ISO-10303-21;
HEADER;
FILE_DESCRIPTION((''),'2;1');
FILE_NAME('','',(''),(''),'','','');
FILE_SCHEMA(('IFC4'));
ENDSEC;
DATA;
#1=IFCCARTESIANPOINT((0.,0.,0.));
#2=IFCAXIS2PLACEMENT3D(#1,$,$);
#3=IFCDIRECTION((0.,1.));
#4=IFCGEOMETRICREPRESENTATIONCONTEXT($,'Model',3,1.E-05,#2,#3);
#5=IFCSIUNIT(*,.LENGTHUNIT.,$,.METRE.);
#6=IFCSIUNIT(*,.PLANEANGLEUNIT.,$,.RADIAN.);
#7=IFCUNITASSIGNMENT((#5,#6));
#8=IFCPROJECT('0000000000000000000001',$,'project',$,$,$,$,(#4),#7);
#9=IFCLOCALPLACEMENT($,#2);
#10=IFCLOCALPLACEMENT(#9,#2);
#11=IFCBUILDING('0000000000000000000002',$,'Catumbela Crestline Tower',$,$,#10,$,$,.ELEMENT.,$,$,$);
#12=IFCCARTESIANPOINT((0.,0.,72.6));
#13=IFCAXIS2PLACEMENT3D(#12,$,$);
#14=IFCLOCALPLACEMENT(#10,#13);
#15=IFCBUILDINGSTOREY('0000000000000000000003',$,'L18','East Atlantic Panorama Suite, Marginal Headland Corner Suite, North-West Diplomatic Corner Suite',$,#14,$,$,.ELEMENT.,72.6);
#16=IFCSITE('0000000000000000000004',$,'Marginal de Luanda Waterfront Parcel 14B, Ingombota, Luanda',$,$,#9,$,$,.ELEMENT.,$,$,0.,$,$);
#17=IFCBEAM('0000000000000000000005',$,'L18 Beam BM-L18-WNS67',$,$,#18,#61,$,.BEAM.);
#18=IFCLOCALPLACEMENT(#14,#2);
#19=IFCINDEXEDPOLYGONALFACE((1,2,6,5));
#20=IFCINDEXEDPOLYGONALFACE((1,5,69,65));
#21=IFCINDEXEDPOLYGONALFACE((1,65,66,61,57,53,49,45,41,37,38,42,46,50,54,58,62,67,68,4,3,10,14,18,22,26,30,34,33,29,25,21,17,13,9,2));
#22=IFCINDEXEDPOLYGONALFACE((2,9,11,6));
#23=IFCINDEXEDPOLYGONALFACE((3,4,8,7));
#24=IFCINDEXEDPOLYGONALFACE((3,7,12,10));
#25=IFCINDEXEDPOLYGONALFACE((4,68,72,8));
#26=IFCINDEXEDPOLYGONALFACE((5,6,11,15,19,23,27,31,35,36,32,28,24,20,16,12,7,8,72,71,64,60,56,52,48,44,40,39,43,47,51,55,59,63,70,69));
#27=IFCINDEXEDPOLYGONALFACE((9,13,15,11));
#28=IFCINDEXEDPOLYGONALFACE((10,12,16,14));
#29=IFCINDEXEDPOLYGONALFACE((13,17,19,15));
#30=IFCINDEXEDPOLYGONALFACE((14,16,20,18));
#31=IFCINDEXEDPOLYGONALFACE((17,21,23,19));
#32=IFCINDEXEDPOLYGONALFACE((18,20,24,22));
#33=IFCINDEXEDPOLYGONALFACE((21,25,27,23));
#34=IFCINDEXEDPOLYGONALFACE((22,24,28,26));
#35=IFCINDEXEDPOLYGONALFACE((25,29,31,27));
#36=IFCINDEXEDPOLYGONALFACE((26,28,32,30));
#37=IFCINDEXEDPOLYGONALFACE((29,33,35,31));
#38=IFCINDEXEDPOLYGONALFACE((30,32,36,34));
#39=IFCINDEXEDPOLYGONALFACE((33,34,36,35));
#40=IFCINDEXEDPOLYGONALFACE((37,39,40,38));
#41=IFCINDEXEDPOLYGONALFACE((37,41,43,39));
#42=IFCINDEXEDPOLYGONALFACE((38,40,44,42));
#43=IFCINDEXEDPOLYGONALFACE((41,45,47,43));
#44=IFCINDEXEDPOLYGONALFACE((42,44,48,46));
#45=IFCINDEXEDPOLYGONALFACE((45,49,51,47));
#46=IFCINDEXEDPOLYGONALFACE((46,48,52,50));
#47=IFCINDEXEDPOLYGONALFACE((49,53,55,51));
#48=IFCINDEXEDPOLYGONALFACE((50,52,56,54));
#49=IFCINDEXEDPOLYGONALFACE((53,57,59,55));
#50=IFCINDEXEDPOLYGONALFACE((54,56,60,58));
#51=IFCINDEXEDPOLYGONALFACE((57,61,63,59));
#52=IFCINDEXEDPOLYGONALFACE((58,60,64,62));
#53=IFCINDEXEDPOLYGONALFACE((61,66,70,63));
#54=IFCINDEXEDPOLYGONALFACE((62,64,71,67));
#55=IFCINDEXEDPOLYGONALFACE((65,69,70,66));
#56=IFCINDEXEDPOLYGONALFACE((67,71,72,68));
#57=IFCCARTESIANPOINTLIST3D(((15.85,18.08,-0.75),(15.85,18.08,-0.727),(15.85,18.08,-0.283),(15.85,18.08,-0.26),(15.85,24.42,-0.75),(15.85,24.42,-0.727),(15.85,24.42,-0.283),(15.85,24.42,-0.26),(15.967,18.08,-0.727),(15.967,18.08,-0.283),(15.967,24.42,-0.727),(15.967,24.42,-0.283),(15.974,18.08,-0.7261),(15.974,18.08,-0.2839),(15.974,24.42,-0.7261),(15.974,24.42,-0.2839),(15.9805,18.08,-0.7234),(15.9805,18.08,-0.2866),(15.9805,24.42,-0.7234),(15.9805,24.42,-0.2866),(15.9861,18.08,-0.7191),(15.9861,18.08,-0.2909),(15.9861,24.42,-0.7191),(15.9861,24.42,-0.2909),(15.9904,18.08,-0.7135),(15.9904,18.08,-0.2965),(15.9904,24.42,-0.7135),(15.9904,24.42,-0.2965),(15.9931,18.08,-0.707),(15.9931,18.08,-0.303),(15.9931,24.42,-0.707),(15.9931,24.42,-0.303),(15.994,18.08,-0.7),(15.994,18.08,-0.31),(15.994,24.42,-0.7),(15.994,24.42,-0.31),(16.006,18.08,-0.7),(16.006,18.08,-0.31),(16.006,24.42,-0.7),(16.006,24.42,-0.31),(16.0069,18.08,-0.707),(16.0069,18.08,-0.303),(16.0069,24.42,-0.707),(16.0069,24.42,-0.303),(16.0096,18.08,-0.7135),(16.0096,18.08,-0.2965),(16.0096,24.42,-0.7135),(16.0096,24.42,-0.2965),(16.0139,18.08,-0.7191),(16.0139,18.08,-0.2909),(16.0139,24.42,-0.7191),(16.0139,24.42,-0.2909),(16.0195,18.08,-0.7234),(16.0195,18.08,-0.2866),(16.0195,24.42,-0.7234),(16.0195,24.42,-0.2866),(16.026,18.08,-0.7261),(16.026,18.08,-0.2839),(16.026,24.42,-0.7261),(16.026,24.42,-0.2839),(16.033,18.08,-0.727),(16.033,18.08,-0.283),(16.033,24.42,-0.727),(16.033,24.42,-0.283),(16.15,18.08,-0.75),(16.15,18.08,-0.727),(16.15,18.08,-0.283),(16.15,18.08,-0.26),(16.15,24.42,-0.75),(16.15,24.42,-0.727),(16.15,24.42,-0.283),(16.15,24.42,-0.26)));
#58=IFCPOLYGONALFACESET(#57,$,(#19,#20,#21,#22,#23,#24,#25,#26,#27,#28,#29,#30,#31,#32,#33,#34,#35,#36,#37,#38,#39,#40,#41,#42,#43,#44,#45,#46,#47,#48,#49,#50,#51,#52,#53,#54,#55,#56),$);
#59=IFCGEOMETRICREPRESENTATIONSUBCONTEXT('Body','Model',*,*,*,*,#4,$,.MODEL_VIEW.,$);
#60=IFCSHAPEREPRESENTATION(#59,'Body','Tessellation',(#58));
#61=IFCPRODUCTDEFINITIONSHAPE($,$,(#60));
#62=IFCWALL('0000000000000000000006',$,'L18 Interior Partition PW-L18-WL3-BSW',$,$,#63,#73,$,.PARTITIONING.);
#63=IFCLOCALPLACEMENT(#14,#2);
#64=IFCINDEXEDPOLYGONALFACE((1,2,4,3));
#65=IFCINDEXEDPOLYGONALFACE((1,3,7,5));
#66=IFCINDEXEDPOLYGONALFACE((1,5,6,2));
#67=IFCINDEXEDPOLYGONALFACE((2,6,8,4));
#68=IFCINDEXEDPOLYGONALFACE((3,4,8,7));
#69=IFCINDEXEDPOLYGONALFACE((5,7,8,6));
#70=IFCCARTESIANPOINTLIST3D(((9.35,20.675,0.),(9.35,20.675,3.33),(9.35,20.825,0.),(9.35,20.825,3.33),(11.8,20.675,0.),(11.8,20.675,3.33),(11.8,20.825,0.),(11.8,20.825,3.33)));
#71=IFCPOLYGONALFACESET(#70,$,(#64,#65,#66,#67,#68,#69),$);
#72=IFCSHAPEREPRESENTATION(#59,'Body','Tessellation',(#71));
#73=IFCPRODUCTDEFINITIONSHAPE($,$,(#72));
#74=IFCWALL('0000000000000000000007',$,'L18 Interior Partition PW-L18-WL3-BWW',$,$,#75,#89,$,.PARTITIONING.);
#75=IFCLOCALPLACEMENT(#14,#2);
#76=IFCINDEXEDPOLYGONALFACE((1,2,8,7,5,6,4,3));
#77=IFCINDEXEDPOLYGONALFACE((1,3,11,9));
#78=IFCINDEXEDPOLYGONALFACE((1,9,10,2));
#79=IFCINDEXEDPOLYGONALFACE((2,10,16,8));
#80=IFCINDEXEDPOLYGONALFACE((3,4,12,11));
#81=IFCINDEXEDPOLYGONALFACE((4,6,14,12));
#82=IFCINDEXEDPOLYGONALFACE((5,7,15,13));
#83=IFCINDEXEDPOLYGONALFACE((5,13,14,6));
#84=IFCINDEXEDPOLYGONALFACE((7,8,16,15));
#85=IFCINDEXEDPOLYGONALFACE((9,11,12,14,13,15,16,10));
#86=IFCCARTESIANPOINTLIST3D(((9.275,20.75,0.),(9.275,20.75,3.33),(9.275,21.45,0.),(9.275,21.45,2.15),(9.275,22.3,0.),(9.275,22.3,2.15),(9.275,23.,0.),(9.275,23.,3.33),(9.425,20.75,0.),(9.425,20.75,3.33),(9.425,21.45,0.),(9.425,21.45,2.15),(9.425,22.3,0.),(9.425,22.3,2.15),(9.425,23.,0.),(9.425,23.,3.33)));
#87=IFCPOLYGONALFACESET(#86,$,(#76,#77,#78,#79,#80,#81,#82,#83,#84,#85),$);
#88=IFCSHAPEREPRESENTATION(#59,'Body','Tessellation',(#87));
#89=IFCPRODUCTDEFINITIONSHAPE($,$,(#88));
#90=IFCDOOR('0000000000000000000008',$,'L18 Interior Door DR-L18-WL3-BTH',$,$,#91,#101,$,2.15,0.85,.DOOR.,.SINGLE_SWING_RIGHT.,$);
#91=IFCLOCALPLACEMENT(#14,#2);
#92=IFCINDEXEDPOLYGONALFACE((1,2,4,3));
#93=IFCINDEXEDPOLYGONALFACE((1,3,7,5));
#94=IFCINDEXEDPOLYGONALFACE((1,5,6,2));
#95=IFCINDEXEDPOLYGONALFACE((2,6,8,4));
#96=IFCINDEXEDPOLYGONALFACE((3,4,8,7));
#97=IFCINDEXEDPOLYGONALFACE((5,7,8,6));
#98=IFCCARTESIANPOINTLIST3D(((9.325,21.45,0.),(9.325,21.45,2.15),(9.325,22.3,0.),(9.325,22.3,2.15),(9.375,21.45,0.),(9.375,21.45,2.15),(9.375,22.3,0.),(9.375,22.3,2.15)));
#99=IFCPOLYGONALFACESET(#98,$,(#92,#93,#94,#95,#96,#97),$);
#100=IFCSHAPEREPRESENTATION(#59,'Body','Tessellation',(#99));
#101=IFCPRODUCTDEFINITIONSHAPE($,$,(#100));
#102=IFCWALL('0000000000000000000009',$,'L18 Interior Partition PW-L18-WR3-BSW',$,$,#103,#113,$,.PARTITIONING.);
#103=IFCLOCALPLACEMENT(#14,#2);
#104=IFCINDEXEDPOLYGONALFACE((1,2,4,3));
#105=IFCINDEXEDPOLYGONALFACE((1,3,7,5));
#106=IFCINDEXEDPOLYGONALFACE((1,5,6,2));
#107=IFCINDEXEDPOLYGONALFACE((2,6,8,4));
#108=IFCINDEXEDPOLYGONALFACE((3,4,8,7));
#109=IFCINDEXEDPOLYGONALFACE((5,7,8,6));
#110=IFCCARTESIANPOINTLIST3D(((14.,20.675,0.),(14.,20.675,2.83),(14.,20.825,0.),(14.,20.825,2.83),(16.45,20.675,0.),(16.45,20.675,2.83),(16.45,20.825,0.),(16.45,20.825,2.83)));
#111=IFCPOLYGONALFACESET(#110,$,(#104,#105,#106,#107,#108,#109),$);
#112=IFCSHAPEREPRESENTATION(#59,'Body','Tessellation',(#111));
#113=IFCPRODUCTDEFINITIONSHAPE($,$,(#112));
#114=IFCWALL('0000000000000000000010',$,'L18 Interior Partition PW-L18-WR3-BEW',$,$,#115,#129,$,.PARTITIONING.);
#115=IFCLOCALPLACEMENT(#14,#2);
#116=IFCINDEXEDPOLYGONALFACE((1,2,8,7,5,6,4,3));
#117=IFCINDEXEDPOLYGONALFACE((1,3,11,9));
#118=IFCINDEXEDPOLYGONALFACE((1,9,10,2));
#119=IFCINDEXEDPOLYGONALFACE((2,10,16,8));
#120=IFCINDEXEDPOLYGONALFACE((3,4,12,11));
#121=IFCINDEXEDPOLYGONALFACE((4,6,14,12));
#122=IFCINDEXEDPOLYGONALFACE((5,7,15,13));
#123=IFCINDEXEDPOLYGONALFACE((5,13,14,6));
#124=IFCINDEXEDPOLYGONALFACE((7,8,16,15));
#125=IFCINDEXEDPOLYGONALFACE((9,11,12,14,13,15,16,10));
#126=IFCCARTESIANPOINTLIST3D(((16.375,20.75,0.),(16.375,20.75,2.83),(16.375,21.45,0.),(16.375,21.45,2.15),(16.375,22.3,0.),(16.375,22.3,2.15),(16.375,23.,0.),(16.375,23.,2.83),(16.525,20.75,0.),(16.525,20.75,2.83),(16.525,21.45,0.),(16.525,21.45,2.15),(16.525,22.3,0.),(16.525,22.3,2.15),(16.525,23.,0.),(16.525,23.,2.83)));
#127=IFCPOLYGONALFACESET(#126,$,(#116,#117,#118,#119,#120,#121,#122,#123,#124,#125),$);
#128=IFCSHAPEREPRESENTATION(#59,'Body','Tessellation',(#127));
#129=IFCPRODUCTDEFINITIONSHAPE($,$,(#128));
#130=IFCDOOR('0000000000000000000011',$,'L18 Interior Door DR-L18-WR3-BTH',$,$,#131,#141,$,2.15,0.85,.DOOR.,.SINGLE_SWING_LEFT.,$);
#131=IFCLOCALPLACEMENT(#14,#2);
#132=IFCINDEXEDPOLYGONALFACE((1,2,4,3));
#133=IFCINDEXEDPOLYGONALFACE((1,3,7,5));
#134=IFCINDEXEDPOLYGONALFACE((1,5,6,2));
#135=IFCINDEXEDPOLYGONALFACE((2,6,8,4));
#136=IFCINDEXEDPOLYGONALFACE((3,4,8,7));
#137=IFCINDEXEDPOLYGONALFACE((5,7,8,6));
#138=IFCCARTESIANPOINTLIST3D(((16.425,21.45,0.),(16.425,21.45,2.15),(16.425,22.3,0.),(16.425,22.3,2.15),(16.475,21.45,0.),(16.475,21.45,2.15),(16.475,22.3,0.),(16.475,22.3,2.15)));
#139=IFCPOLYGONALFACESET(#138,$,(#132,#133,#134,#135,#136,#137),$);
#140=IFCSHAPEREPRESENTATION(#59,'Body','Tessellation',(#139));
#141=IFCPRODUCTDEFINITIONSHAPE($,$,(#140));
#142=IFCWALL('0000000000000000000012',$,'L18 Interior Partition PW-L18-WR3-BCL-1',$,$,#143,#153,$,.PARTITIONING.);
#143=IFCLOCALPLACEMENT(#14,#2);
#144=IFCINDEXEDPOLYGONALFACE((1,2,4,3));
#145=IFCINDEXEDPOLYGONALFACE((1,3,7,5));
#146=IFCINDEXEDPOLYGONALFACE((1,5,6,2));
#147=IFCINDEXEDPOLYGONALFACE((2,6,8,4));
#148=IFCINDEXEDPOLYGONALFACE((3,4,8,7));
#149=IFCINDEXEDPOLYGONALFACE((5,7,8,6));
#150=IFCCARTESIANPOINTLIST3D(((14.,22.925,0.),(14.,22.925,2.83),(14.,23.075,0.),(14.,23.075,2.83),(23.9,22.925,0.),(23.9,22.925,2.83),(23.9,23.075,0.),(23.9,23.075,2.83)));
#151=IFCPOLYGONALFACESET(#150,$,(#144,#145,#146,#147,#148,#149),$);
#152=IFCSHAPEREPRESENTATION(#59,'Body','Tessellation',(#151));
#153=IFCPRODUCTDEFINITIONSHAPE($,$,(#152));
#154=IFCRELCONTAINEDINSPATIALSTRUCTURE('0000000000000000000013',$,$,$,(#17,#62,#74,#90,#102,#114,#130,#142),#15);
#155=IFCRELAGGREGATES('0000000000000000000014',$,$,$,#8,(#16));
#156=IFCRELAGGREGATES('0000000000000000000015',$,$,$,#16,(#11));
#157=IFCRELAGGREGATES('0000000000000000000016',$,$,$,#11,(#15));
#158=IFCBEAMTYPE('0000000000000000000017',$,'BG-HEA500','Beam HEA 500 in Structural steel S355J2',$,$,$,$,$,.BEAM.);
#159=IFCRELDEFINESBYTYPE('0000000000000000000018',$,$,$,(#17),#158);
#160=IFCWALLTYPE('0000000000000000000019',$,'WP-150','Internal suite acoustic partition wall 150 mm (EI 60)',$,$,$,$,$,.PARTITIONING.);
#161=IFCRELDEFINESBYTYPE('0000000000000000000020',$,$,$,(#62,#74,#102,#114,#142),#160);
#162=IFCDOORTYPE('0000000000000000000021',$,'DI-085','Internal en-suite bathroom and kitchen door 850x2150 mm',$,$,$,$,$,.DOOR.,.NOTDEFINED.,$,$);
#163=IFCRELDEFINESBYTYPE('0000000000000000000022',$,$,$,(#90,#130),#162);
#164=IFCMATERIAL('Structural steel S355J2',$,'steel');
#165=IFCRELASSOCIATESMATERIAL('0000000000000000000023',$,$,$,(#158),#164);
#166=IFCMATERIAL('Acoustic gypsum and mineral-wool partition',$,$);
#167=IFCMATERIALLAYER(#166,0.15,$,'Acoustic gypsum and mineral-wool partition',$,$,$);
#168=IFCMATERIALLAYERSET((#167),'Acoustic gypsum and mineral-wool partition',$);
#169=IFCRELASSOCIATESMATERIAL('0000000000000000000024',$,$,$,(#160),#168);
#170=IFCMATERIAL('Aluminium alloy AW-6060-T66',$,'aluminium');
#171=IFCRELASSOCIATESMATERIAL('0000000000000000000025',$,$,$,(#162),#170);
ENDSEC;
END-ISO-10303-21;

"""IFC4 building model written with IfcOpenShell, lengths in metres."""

from ifc_helpers import new_model, si_unit, direction, frame, frame_2d, origin, origin_2d, place, context, subcontext, project, spatial, rectangle, i_section, extrude, material, layer, layer_set, material_profile, profile_set, type_object, element, fill, save


model = new_model("IFC4")

# Units and contexts
model_context = context("Model", 3, precision=1e-05, world=origin(), true_north=direction((0.0, 1.0)))
body_context = subcontext(model_context, "Body", "Model", "MODEL_VIEW")
ifc_project = project(units=[si_unit("LENGTHUNIT", "METRE"), si_unit("PLANEANGLEUNIT", "RADIAN")], contexts=[model_context])

# Site, building, storey
site_placement = place(None, origin())
site = spatial("IfcSite", under=ifc_project, at=site_placement, Name="Marginal de Luanda Waterfront Parcel 14B, Ingombota, Luanda", CompositionType="ELEMENT", RefElevation=0.0)
building_placement = place(site_placement, origin())
building = spatial("IfcBuilding", under=site, at=building_placement, Name="Catumbela Crestline Tower", CompositionType="ELEMENT")
storey_placement = place(building_placement, frame((0.0, 0.0, 72.6)))
storey = spatial("IfcBuildingStorey", under=building, at=storey_placement, Name="L18", Description="East Atlantic Panorama Suite, Marginal Headland Corner Suite, North-West Diplomatic Corner Suite", CompositionType="ELEMENT", Elevation=72.6)

# Beam
ifc_material_1 = material(Name="Structural steel S355J2", Category="steel")
ifc_material_profile_1 = material_profile(ifc_material_1, i_section(OverallWidth=0.3, OverallDepth=0.49, WebThickness=0.012, FlangeThickness=0.023, FilletRadius=0.027, at=origin_2d()), Name="HEA 500")
ifc_profile_set_1 = profile_set([ifc_material_profile_1], Name="Structural steel S355J2")
beam_type = type_object("IfcBeamType", Name="BG-HEA500", Description="Beam HEA 500 in Structural steel S355J2", PredefinedType="BEAM", material=ifc_profile_set_1)
beam_1_placement = place(storey_placement, frame((16.0, 18.08, -0.505), z_axis=(0.0, 1.0, 0.0), x_axis=(-1.0, 0.0, 0.0)))
element("IfcBeam", 1, at=beam_1_placement, inside=storey, type_object=beam_type, Name="L18 Beam BM-L18-WNS67", PredefinedType="BEAM", context=body_context, shape_type="SweptSolid", body=[
    extrude(i_section(OverallWidth=0.3, OverallDepth=0.49, WebThickness=0.012, FlangeThickness=0.023, FilletRadius=0.027, at=origin_2d()), origin(), (0.0, 0.0, 1.0), 6.34),
])

# Wall
ifc_material_2 = material(Name="Acoustic gypsum and mineral-wool partition")
ifc_layer = layer(ifc_material_2, 0.15, Name="Acoustic gypsum and mineral-wool partition")
ifc_layer_set = layer_set([ifc_layer], Name="Acoustic gypsum and mineral-wool partition")
wall_type = type_object("IfcWallType", Name="WP-150", Description="Internal suite acoustic partition wall 150 mm (EI 60)", PredefinedType="PARTITIONING", material=ifc_layer_set)
wall_1_placement = place(storey_placement, frame((9.35, 20.75, 0.0), z_axis=(0.0, 0.0, 1.0), x_axis=(1.0, 0.0, 0.0)))
element("IfcWall", 2, at=wall_1_placement, inside=storey, type_object=wall_type, Name="L18 Interior Partition PW-L18-WL3-BSW", PredefinedType="PARTITIONING", context=body_context, shape_type="SweptSolid", body=[
    extrude(rectangle(XDim=2.45, YDim=0.15, at=frame_2d((1.225, 0.0))), origin(), (0.0, 0.0, 1.0), 3.33),
])

# Wall, opening, door
wall_2_placement = place(storey_placement, frame((9.35, 20.75, 0.0), z_axis=(0.0, 0.0, 1.0), x_axis=(0.0, 1.0, 0.0)))
wall_2 = element("IfcWall", 3, at=wall_2_placement, inside=storey, type_object=wall_type, Name="L18 Interior Partition PW-L18-WL3-BWW", PredefinedType="PARTITIONING", context=body_context, shape_type="SweptSolid", body=[
    extrude(rectangle(XDim=2.25, YDim=0.15, at=frame_2d((1.125, 0.0))), origin(), (0.0, 0.0, 1.0), 3.33),
])
opening_1_placement = place(wall_2_placement, frame((0.7, 0.0, 0.0)))
opening_1 = element("IfcOpeningElement", 4, at=opening_1_placement, cuts=wall_2, PredefinedType="OPENING", context=body_context, shape_type="SweptSolid", body=[
    extrude(rectangle(XDim=0.85, YDim=2.15, at=frame_2d((0.425, 1.075))), frame((0.0, 0.085, 0.0), z_axis=(0.0, -1.0, 0.0), x_axis=(1.0, 0.0, 0.0)), (0.0, 0.0, 1.0), 0.17),
])
ifc_material_3 = material(Name="Aluminium alloy AW-6060-T66", Category="aluminium")
door_type = type_object("IfcDoorType", Name="DI-085", Description="Internal en-suite bathroom and kitchen door 850x2150 mm", OperationType="NOTDEFINED", PredefinedType="DOOR", material=ifc_material_3)
door_1_placement = place(opening_1_placement, origin())
door_1 = element("IfcDoor", 5, at=door_1_placement, inside=storey, type_object=door_type, Name="L18 Interior Door DR-L18-WL3-BTH", OperationType="SINGLE_SWING_RIGHT", OverallHeight=2.15, OverallWidth=0.85, PredefinedType="DOOR", context=body_context, shape_type="SweptSolid", body=[
    extrude(rectangle(XDim=0.85, YDim=2.15, at=frame_2d((0.425, 1.075))), frame((0.0, 0.025, 0.0), z_axis=(0.0, -1.0, 0.0), x_axis=(1.0, 0.0, 0.0)), (0.0, 0.0, 1.0), 0.05),
])
fill(opening_1, door_1)

# Wall
wall_3_placement = place(storey_placement, frame((14.0, 20.75, 0.0), z_axis=(0.0, 0.0, 1.0), x_axis=(1.0, 0.0, 0.0)))
element("IfcWall", 6, at=wall_3_placement, inside=storey, type_object=wall_type, Name="L18 Interior Partition PW-L18-WR3-BSW", PredefinedType="PARTITIONING", context=body_context, shape_type="SweptSolid", body=[
    extrude(rectangle(XDim=2.45, YDim=0.15, at=frame_2d((1.225, 0.0))), origin(), (0.0, 0.0, 1.0), 2.83),
])

# Wall, opening, door
wall_4_placement = place(storey_placement, frame((16.45, 20.75, 0.0), z_axis=(0.0, 0.0, 1.0), x_axis=(0.0, 1.0, 0.0)))
wall_4 = element("IfcWall", 7, at=wall_4_placement, inside=storey, type_object=wall_type, Name="L18 Interior Partition PW-L18-WR3-BEW", PredefinedType="PARTITIONING", context=body_context, shape_type="SweptSolid", body=[
    extrude(rectangle(XDim=2.25, YDim=0.15, at=frame_2d((1.125, 0.0))), origin(), (0.0, 0.0, 1.0), 2.83),
])
opening_2_placement = place(wall_4_placement, frame((0.7, 0.0, 0.0)))
opening_2 = element("IfcOpeningElement", 8, at=opening_2_placement, cuts=wall_4, PredefinedType="OPENING", context=body_context, shape_type="SweptSolid", body=[
    extrude(rectangle(XDim=0.85, YDim=2.15, at=frame_2d((0.425, 1.075))), frame((0.0, 0.085, 0.0), z_axis=(0.0, -1.0, 0.0), x_axis=(1.0, 0.0, 0.0)), (0.0, 0.0, 1.0), 0.17),
])
door_2_placement = place(opening_2_placement, origin())
door_2 = element("IfcDoor", 9, at=door_2_placement, inside=storey, type_object=door_type, Name="L18 Interior Door DR-L18-WR3-BTH", OperationType="SINGLE_SWING_LEFT", OverallHeight=2.15, OverallWidth=0.85, PredefinedType="DOOR", context=body_context, shape_type="SweptSolid", body=[
    extrude(rectangle(XDim=0.85, YDim=2.15, at=frame_2d((0.425, 1.075))), frame((0.0, 0.025, 0.0), z_axis=(0.0, -1.0, 0.0), x_axis=(1.0, 0.0, 0.0)), (0.0, 0.0, 1.0), 0.05),
])
fill(opening_2, door_2)

# Wall
wall_5_placement = place(storey_placement, frame((14.0, 23.0, 0.0), z_axis=(0.0, 0.0, 1.0), x_axis=(1.0, 0.0, 0.0)))
element("IfcWall", 10, at=wall_5_placement, inside=storey, type_object=wall_type, Name="L18 Interior Partition PW-L18-WR3-BCL-1", PredefinedType="PARTITIONING", context=body_context, shape_type="SweptSolid", body=[
    extrude(rectangle(XDim=9.9, YDim=0.15, at=frame_2d((4.95, 0.0))), origin(), (0.0, 0.0, 1.0), 2.83),
])

save(model, "model.ifc")
